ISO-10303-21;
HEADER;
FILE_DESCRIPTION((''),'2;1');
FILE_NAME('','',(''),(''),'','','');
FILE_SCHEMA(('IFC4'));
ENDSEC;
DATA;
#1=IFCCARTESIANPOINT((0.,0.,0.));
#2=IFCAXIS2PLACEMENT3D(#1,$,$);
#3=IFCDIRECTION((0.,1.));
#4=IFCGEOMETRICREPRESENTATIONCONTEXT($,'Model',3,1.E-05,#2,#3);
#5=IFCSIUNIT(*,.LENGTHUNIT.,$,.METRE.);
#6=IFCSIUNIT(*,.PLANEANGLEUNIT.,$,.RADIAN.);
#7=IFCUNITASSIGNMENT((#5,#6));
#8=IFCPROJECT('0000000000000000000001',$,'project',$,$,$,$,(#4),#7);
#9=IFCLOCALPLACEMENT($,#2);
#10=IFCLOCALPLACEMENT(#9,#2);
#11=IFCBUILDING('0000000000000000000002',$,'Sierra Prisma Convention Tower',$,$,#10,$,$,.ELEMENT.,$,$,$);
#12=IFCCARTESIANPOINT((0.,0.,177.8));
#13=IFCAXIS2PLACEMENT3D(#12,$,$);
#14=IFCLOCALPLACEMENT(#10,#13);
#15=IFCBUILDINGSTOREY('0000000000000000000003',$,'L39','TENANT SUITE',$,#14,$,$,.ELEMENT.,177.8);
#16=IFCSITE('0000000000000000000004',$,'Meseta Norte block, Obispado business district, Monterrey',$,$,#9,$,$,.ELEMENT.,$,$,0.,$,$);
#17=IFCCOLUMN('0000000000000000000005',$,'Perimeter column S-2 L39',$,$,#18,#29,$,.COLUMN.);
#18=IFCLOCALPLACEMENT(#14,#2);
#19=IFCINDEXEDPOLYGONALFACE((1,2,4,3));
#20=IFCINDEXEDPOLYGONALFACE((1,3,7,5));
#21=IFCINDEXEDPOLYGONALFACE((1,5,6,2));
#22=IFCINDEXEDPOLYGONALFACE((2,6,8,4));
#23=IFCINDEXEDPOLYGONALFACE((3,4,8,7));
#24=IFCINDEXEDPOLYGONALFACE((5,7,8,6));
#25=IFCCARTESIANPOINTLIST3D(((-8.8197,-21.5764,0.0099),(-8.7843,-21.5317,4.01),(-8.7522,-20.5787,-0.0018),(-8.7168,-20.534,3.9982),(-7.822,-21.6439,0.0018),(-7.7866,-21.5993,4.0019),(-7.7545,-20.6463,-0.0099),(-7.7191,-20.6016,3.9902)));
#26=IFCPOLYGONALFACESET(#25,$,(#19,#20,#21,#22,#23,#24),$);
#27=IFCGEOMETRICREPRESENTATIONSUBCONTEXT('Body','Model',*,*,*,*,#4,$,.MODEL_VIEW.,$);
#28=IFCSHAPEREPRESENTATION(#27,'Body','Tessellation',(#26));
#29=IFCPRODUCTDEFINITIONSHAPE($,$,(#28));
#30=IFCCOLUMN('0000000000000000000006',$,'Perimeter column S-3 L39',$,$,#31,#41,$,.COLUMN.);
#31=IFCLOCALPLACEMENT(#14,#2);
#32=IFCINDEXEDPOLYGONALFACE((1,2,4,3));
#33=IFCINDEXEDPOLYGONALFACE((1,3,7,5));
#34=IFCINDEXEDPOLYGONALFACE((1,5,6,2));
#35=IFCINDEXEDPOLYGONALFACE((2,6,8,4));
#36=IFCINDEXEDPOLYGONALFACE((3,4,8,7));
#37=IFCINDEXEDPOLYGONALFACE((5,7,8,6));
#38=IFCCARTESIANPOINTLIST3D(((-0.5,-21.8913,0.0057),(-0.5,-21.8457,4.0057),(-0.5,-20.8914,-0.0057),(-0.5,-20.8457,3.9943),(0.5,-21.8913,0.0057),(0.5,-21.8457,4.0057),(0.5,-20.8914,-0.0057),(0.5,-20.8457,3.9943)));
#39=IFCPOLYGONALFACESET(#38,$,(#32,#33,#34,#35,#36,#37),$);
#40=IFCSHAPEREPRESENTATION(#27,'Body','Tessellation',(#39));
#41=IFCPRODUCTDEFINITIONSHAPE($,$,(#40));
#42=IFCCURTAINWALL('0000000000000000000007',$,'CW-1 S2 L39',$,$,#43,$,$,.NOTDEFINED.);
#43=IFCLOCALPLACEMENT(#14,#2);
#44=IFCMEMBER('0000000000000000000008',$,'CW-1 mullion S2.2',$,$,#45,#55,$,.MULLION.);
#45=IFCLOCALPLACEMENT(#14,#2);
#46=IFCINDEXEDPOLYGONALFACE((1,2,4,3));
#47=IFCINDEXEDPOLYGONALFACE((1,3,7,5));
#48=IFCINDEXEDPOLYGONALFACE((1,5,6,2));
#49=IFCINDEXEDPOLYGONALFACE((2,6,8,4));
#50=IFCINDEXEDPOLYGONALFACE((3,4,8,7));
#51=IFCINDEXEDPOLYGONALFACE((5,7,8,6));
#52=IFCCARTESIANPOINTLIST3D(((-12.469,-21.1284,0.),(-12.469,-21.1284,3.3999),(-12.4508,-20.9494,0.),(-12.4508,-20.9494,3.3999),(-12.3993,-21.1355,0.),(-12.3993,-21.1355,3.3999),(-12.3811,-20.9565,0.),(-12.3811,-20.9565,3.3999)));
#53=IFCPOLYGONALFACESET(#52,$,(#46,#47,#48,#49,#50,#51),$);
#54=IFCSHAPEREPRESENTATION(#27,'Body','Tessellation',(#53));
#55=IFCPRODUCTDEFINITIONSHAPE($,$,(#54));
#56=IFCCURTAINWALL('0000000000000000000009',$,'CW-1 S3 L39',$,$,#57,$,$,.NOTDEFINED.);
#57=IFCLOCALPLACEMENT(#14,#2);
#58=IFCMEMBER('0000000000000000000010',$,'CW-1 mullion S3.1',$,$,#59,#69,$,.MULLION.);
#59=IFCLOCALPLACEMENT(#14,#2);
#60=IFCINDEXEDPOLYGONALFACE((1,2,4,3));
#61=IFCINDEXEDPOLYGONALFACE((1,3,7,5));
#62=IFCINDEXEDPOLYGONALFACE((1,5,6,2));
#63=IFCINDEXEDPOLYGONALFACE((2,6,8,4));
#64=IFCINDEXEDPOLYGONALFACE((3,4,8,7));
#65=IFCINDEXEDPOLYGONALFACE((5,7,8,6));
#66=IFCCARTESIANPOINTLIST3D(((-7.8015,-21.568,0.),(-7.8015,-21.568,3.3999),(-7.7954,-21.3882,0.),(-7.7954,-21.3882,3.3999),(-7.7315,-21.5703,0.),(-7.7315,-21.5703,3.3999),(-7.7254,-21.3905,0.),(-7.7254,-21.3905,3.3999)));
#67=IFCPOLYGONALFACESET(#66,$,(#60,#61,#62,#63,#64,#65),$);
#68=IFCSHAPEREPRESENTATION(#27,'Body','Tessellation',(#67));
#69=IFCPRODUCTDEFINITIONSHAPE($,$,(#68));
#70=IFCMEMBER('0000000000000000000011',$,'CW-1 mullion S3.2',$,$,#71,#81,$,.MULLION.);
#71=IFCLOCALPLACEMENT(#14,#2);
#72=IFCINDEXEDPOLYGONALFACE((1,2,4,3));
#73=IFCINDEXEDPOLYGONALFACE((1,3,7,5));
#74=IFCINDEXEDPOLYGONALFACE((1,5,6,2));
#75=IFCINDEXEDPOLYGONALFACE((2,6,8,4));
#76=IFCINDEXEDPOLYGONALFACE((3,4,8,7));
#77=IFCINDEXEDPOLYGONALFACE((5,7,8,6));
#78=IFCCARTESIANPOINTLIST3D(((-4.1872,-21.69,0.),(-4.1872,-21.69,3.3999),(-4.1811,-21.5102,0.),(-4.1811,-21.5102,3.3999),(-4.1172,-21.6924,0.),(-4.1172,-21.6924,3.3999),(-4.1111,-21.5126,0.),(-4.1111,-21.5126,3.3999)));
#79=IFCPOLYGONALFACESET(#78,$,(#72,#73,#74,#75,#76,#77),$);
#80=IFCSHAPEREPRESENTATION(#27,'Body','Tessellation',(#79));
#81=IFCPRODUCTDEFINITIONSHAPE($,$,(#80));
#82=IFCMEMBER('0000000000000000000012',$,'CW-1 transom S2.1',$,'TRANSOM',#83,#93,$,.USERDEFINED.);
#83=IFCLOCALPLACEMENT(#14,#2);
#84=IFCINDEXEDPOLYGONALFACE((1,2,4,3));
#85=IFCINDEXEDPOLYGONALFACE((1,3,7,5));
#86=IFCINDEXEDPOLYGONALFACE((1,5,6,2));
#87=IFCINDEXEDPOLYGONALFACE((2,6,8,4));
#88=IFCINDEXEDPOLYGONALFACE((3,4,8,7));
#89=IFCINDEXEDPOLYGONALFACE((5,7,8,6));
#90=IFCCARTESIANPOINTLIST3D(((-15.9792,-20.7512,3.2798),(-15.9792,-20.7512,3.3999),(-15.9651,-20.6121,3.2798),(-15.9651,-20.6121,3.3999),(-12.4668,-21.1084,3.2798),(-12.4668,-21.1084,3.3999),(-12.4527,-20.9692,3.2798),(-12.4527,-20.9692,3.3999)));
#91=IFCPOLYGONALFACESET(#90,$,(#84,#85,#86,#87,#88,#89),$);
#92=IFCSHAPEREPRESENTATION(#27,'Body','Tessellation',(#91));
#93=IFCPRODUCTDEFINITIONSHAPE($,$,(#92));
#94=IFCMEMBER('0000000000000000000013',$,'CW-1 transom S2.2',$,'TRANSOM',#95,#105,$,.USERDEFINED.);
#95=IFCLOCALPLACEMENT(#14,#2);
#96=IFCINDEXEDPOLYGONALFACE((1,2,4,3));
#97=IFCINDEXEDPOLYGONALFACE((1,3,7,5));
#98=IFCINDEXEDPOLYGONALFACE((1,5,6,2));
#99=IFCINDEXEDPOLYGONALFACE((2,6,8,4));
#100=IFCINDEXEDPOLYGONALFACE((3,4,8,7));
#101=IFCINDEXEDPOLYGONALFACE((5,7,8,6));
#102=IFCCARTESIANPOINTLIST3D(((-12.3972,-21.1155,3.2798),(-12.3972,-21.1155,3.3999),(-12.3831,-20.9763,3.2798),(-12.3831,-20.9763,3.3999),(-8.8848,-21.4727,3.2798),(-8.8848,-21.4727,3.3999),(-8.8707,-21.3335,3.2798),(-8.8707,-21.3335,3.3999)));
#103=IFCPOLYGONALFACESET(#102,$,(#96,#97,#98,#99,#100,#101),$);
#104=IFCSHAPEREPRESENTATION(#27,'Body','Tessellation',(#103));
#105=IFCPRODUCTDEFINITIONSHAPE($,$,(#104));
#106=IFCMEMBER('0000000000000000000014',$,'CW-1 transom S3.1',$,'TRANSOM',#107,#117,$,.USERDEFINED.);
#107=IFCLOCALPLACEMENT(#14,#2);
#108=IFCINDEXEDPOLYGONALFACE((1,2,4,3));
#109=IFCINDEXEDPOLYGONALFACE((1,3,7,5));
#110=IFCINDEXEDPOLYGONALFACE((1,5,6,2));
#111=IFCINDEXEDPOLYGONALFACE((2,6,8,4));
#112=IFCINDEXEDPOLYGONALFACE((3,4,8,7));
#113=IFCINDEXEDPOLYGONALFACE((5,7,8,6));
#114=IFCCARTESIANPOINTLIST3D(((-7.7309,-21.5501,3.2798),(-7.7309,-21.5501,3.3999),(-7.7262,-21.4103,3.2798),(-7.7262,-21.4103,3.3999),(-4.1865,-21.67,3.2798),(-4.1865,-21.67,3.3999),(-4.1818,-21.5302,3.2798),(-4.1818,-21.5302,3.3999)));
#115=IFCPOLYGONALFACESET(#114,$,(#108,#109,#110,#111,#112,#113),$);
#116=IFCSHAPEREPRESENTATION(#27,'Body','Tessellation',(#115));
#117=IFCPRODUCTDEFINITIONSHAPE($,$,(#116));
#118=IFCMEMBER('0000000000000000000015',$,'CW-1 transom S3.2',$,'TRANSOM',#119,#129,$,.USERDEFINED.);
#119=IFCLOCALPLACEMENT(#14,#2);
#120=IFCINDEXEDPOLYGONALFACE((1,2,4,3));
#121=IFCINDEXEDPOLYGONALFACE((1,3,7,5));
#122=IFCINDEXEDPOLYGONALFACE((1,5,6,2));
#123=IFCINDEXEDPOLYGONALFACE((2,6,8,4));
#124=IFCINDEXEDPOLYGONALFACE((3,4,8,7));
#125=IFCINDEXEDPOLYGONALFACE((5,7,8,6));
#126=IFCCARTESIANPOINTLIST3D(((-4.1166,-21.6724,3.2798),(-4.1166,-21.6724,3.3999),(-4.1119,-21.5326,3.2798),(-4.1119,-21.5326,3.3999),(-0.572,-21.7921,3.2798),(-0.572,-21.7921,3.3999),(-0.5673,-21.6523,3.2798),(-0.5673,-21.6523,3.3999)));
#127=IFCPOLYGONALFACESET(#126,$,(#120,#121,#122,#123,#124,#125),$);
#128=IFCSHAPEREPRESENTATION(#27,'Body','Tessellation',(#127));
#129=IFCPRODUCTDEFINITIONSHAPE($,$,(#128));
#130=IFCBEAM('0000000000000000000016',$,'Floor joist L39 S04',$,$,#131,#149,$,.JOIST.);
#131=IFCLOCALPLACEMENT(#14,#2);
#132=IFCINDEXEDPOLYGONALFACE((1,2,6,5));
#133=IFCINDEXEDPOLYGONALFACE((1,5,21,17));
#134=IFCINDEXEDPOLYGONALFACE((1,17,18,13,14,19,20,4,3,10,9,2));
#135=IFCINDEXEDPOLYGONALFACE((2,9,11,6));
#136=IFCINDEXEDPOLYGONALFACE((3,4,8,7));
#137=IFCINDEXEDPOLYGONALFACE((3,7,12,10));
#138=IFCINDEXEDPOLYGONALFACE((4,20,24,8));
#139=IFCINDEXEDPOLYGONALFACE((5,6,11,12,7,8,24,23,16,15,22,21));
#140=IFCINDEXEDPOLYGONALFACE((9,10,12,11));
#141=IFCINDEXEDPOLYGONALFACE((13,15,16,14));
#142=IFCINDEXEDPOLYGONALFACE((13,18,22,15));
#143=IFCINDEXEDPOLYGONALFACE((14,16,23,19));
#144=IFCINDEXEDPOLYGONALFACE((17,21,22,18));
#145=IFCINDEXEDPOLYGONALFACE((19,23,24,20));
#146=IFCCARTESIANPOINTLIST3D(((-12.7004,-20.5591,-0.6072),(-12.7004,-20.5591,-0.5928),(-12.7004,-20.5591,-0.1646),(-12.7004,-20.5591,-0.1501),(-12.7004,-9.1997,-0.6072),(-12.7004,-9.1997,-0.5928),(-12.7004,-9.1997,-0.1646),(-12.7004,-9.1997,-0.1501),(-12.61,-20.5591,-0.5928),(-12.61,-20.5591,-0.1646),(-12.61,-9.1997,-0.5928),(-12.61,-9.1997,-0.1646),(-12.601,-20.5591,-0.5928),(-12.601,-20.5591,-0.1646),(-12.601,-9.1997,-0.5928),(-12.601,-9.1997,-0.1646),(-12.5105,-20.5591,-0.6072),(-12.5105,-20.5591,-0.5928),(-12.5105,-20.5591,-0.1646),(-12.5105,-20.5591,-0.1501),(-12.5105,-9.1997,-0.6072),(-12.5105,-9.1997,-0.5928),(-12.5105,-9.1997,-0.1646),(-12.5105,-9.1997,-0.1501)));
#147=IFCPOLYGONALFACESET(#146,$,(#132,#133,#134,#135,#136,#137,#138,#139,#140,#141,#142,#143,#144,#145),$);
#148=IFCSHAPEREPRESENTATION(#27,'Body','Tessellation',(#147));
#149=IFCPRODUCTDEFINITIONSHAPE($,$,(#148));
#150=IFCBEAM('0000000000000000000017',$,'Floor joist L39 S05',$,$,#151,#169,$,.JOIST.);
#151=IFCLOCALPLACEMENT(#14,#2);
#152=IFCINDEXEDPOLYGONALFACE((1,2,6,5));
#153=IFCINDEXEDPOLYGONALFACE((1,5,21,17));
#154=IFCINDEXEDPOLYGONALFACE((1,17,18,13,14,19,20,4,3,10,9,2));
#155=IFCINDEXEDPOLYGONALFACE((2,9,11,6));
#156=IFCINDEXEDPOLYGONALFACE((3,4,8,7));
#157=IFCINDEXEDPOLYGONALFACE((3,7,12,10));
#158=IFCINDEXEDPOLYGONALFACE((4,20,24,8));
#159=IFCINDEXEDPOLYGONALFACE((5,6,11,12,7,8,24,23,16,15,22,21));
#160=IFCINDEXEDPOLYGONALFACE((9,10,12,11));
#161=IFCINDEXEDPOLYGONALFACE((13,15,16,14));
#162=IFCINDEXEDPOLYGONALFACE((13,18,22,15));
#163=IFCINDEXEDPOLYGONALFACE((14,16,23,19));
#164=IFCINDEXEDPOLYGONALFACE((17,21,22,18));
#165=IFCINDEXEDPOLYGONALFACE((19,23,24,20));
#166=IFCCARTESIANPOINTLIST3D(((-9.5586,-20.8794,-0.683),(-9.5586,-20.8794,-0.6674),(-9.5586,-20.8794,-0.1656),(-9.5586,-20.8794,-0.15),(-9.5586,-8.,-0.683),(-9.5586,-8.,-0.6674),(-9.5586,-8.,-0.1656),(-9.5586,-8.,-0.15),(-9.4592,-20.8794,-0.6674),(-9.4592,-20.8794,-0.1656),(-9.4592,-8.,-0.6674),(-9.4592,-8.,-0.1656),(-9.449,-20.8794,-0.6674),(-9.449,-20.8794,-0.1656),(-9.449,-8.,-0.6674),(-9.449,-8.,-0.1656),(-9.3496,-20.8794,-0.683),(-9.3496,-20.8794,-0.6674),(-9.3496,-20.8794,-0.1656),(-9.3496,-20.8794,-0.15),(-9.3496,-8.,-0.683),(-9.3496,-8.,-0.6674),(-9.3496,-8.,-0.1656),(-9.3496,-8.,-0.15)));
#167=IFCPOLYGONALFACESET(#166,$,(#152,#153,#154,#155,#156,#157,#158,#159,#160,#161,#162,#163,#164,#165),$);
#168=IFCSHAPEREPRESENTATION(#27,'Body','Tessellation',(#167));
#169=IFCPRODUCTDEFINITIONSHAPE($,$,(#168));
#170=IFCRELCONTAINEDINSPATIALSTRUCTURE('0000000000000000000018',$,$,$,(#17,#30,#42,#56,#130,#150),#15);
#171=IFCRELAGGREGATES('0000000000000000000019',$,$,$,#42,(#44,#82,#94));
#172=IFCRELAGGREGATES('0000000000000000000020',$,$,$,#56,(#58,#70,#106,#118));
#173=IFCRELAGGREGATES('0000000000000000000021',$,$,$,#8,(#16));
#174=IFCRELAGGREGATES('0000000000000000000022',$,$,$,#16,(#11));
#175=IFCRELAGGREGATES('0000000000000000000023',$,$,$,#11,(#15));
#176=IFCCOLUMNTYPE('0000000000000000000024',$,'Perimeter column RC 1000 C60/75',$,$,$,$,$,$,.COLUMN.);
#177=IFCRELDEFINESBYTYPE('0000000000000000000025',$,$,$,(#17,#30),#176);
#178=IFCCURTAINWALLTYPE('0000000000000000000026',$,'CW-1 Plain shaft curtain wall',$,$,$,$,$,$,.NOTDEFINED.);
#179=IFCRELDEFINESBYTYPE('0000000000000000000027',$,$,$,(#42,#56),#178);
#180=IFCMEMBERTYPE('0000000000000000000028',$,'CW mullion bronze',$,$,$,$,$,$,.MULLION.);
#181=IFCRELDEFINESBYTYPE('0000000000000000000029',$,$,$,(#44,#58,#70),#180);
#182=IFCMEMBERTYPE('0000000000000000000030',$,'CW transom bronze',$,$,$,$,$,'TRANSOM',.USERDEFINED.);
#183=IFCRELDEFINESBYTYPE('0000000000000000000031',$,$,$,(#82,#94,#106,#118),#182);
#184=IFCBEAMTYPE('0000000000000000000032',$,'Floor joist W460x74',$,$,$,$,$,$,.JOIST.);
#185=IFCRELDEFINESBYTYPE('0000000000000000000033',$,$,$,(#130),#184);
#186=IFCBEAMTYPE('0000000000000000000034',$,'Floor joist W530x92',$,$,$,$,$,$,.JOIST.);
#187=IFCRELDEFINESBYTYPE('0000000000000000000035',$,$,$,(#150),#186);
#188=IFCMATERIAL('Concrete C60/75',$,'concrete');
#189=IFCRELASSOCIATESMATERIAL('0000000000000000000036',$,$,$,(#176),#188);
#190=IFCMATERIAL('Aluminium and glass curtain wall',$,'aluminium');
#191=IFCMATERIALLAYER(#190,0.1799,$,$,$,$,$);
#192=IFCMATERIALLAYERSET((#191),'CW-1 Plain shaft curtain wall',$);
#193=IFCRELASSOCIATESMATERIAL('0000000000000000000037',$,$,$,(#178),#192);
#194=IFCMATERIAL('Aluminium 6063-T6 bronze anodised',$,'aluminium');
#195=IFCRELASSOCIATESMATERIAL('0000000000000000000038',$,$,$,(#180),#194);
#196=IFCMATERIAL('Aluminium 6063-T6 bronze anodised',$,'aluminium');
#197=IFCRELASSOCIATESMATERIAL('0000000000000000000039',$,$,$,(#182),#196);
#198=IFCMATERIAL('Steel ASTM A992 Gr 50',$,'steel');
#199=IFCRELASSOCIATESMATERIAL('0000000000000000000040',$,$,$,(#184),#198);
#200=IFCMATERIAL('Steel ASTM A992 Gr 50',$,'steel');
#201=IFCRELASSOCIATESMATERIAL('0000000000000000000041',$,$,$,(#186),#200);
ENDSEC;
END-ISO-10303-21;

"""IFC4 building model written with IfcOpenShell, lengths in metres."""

from ifc_helpers import new_model, si_unit, direction, frame, origin, origin_2d, place, context, subcontext, project, spatial, rectangle, i_section, extrude, material, layer, layer_set, material_profile, profile_set, type_object, element, aggregate, save


model = new_model("IFC4")

# Units and contexts
model_context = context("Model", 3, precision=1e-05, world=origin(), true_north=direction((0.0, 1.0)))
body_context = subcontext(model_context, "Body", "Model", "MODEL_VIEW")
ifc_project = project(units=[si_unit("LENGTHUNIT", "METRE"), si_unit("PLANEANGLEUNIT", "RADIAN")], contexts=[model_context])

# Site, building, storey
site_placement = place(None, origin())
site = spatial("IfcSite", under=ifc_project, at=site_placement, Name="Meseta Norte block, Obispado business district, Monterrey", CompositionType="ELEMENT", RefElevation=0.0)
building_placement = place(site_placement, origin())
building = spatial("IfcBuilding", under=site, at=building_placement, Name="Sierra Prisma Convention Tower", CompositionType="ELEMENT")
storey_placement = place(building_placement, frame((0.0, 0.0, 177.8)))
storey = spatial("IfcBuildingStorey", under=building, at=storey_placement, Name="L39", Description="TENANT SUITE", CompositionType="ELEMENT", Elevation=177.8)

# Columns
ifc_material_1 = material(Name="Concrete C60/75", Category="concrete")
ifc_material_profile_1 = material_profile(ifc_material_1, rectangle(XDim=1.0, YDim=1.0, at=origin_2d()), Name="Perimeter column RC 1000 C60/75")
ifc_profile_set_1 = profile_set([ifc_material_profile_1], Name="Concrete C60/75")
column_type = type_object("IfcColumnType", Name="Perimeter column RC 1000 C60/75", PredefinedType="COLUMN", material=ifc_profile_set_1)
column_1_placement = place(storey_placement, frame((-8.2871, -21.1113, 0.0), z_axis=(0.008849, 0.011168, 0.999898), x_axis=(-0.997681, 0.067587, 0.008075)))
element("IfcColumn", 1, at=column_1_placement, inside=storey, type_object=column_type, Name="Perimeter column S-2 L39", PredefinedType="COLUMN", context=body_context, shape_type="SweptSolid", body=[
    extrude(rectangle(XDim=1.0, YDim=1.0, at=origin_2d()), origin(), (0.0, 0.0, 1.0), 4.0005),
])
column_2_placement = place(storey_placement, frame((0.0, -21.3914, 0.0), z_axis=(0.0, 0.011413, 0.999935), x_axis=(1.0, 0.0, 0.0)))
element("IfcColumn", 2, at=column_2_placement, inside=storey, type_object=column_type, Name="Perimeter column S-3 L39", PredefinedType="COLUMN", context=body_context, shape_type="SweptSolid", body=[
    extrude(rectangle(XDim=1.0, YDim=1.0, at=origin_2d()), origin(), (0.0, 0.0, 1.0), 4.0002),
])

# Curtain wall, member
ifc_material_2 = material(Name="Aluminium and glass curtain wall", Category="aluminium")
ifc_layer_1 = layer(ifc_material_2, 0.1799)
ifc_layer_set_1 = layer_set([ifc_layer_1], Name="CW-1 Plain shaft curtain wall")
curtain_wall_type = type_object("IfcCurtainWallType", Name="CW-1 Plain shaft curtain wall", PredefinedType="NOTDEFINED", material=ifc_layer_set_1)
curtain_wall_1_placement = place(storey_placement, origin())
curtain_wall_1 = element("IfcCurtainWall", 3, at=curtain_wall_1_placement, inside=storey, type_object=curtain_wall_type, Name="CW-1 S2 L39", PredefinedType="NOTDEFINED")
ifc_material_3 = material(Name="Aluminium 6063-T6 bronze anodised", Category="aluminium")
ifc_material_profile_2 = material_profile(ifc_material_3, rectangle(XDim=0.1799, YDim=0.0701, at=origin_2d()), Name="ALU MULLION 70x180")
ifc_profile_set_2 = profile_set([ifc_material_profile_2], Name="Aluminium 6063-T6 bronze anodised")
member_type_1 = type_object("IfcMemberType", Name="CW mullion bronze", PredefinedType="MULLION", material=ifc_profile_set_2)
member_1_placement = place(storey_placement, frame((-12.425, -21.0425, 0.0), z_axis=(0.0, 0.0, 1.0), x_axis=(0.101144, 0.994872, 0.0)))
member_1 = element("IfcMember", 4, at=member_1_placement, type_object=member_type_1, Name="CW-1 mullion S2.2", PredefinedType="MULLION", context=body_context, shape_type="SweptSolid", body=[
    extrude(rectangle(XDim=0.1799, YDim=0.0701, at=origin_2d()), origin(), (0.0, 0.0, 1.0), 3.3999),
])

# Curtain wall, members
curtain_wall_2_placement = place(storey_placement, origin())
curtain_wall_2 = element("IfcCurtainWall", 5, at=curtain_wall_2_placement, inside=storey, type_object=curtain_wall_type, Name="CW-1 S3 L39", PredefinedType="NOTDEFINED")
member_2_placement = place(storey_placement, frame((-7.7634, -21.4792, 0.0), z_axis=(0.0, 0.0, 1.0), x_axis=(0.033766, 0.99943, 0.0)))
member_2 = element("IfcMember", 6, at=member_2_placement, type_object=member_type_1, Name="CW-1 mullion S3.1", PredefinedType="MULLION", context=body_context, shape_type="SweptSolid", body=[
    extrude(rectangle(XDim=0.1799, YDim=0.0701, at=origin_2d()), origin(), (0.0, 0.0, 1.0), 3.3999),
])
member_3_placement = place(storey_placement, frame((-4.1492, -21.6013, 0.0), z_axis=(0.0, 0.0, 1.0), x_axis=(0.033766, 0.99943, 0.0)))
member_3 = element("IfcMember", 7, at=member_3_placement, type_object=member_type_1, Name="CW-1 mullion S3.2", PredefinedType="MULLION", context=body_context, shape_type="SweptSolid", body=[
    extrude(rectangle(XDim=0.1799, YDim=0.0701, at=origin_2d()), origin(), (0.0, 0.0, 1.0), 3.3999),
])

# Members
ifc_material_4 = material(Name="Aluminium 6063-T6 bronze anodised", Category="aluminium")
ifc_material_profile_3 = material_profile(ifc_material_4, rectangle(XDim=0.1399, YDim=0.1201, at=origin_2d()), Name="ALU TRANSOM 120x140")
ifc_profile_set_3 = profile_set([ifc_material_profile_3], Name="Aluminium 6063-T6 bronze anodised")
member_type_2 = type_object("IfcMemberType", Name="CW transom bronze", ElementType="TRANSOM", PredefinedType="USERDEFINED", material=ifc_profile_set_3)
member_4_placement = place(storey_placement, frame((-15.9722, -20.6816, 3.3398), z_axis=(0.994869, -0.101167, 0.0), x_axis=(0.101167, 0.994869, 0.0)))
member_4 = element("IfcMember", 8, at=member_4_placement, type_object=member_type_2, Name="CW-1 transom S2.1", ObjectType="TRANSOM", PredefinedType="USERDEFINED", context=body_context, shape_type="SweptSolid", body=[
    extrude(rectangle(XDim=0.1399, YDim=0.1201, at=origin_2d()), origin(), (0.0, 0.0, 1.0), 3.5305),
])
member_5_placement = place(storey_placement, frame((-12.3901, -21.0459, 3.3398), z_axis=(0.994869, -0.101167, 0.0), x_axis=(0.101167, 0.994869, 0.0)))
member_5 = element("IfcMember", 9, at=member_5_placement, type_object=member_type_2, Name="CW-1 transom S2.2", ObjectType="TRANSOM", PredefinedType="USERDEFINED", context=body_context, shape_type="SweptSolid", body=[
    extrude(rectangle(XDim=0.1399, YDim=0.1201, at=origin_2d()), origin(), (0.0, 0.0, 1.0), 3.5305),
])
member_6_placement = place(storey_placement, frame((-7.7285, -21.4802, 3.3398), z_axis=(0.999429, -0.033801, 0.0), x_axis=(0.033801, 0.999429, 0.0)))
member_6 = element("IfcMember", 10, at=member_6_placement, type_object=member_type_2, Name="CW-1 transom S3.1", ObjectType="TRANSOM", PredefinedType="USERDEFINED", context=body_context, shape_type="SweptSolid", body=[
    extrude(rectangle(XDim=0.1399, YDim=0.1201, at=origin_2d()), origin(), (0.0, 0.0, 1.0), 3.5464),
])
member_7_placement = place(storey_placement, frame((-4.1143, -21.6025, 3.3398), z_axis=(0.999431, -0.03373, 0.0), x_axis=(0.03373, 0.999431, 0.0)))
member_7 = element("IfcMember", 11, at=member_7_placement, type_object=member_type_2, Name="CW-1 transom S3.2", ObjectType="TRANSOM", PredefinedType="USERDEFINED", context=body_context, shape_type="SweptSolid", body=[
    extrude(rectangle(XDim=0.1399, YDim=0.1201, at=origin_2d()), origin(), (0.0, 0.0, 1.0), 3.5466),
])

# Beams
ifc_material_5 = material(Name="Steel ASTM A992 Gr 50", Category="steel")
ifc_material_profile_4 = material_profile(ifc_material_5, i_section(OverallWidth=0.1899, OverallDepth=0.457, WebThickness=0.009, FlangeThickness=0.0144, at=origin_2d()), Name="W460x74")
ifc_profile_set_4 = profile_set([ifc_material_profile_4], Name="Steel ASTM A992 Gr 50")
beam_type_1 = type_object("IfcBeamType", Name="Floor joist W460x74", PredefinedType="JOIST", material=ifc_profile_set_4)
beam_1_placement = place(storey_placement, frame((-12.6055, -20.5591, -0.3787), z_axis=(0.0, 1.0, 0.0), x_axis=(-1.0, 0.0, 0.0)))
element("IfcBeam", 12, at=beam_1_placement, inside=storey, type_object=beam_type_1, Name="Floor joist L39 S04", PredefinedType="JOIST", context=body_context, shape_type="SweptSolid", body=[
    extrude(i_section(OverallWidth=0.1899, OverallDepth=0.457, WebThickness=0.009, FlangeThickness=0.0144, at=origin_2d()), origin(), (0.0, 0.0, 1.0), 11.3594),
])
ifc_material_6 = material(Name="Steel ASTM A992 Gr 50", Category="steel")
ifc_material_profile_5 = material_profile(ifc_material_6, i_section(OverallWidth=0.209, OverallDepth=0.533, WebThickness=0.0103, FlangeThickness=0.0156, at=origin_2d()), Name="W530x92")
ifc_profile_set_5 = profile_set([ifc_material_profile_5], Name="Steel ASTM A992 Gr 50")
beam_type_2 = type_object("IfcBeamType", Name="Floor joist W530x92", PredefinedType="JOIST", material=ifc_profile_set_5)
beam_2_placement = place(storey_placement, frame((-9.4541, -20.8794, -0.4165), z_axis=(0.0, 1.0, 0.0), x_axis=(-1.0, 0.0, 0.0)))
element("IfcBeam", 13, at=beam_2_placement, inside=storey, type_object=beam_type_2, Name="Floor joist L39 S05", PredefinedType="JOIST", context=body_context, shape_type="SweptSolid", body=[
    extrude(i_section(OverallWidth=0.209, OverallDepth=0.533, WebThickness=0.0103, FlangeThickness=0.0156, at=origin_2d()), origin(), (0.0, 0.0, 1.0), 12.8794),
])

aggregate(curtain_wall_1, [member_1, member_4, member_5])
aggregate(curtain_wall_2, [member_2, member_3, member_6, member_7])

save(model, "model.ifc")
